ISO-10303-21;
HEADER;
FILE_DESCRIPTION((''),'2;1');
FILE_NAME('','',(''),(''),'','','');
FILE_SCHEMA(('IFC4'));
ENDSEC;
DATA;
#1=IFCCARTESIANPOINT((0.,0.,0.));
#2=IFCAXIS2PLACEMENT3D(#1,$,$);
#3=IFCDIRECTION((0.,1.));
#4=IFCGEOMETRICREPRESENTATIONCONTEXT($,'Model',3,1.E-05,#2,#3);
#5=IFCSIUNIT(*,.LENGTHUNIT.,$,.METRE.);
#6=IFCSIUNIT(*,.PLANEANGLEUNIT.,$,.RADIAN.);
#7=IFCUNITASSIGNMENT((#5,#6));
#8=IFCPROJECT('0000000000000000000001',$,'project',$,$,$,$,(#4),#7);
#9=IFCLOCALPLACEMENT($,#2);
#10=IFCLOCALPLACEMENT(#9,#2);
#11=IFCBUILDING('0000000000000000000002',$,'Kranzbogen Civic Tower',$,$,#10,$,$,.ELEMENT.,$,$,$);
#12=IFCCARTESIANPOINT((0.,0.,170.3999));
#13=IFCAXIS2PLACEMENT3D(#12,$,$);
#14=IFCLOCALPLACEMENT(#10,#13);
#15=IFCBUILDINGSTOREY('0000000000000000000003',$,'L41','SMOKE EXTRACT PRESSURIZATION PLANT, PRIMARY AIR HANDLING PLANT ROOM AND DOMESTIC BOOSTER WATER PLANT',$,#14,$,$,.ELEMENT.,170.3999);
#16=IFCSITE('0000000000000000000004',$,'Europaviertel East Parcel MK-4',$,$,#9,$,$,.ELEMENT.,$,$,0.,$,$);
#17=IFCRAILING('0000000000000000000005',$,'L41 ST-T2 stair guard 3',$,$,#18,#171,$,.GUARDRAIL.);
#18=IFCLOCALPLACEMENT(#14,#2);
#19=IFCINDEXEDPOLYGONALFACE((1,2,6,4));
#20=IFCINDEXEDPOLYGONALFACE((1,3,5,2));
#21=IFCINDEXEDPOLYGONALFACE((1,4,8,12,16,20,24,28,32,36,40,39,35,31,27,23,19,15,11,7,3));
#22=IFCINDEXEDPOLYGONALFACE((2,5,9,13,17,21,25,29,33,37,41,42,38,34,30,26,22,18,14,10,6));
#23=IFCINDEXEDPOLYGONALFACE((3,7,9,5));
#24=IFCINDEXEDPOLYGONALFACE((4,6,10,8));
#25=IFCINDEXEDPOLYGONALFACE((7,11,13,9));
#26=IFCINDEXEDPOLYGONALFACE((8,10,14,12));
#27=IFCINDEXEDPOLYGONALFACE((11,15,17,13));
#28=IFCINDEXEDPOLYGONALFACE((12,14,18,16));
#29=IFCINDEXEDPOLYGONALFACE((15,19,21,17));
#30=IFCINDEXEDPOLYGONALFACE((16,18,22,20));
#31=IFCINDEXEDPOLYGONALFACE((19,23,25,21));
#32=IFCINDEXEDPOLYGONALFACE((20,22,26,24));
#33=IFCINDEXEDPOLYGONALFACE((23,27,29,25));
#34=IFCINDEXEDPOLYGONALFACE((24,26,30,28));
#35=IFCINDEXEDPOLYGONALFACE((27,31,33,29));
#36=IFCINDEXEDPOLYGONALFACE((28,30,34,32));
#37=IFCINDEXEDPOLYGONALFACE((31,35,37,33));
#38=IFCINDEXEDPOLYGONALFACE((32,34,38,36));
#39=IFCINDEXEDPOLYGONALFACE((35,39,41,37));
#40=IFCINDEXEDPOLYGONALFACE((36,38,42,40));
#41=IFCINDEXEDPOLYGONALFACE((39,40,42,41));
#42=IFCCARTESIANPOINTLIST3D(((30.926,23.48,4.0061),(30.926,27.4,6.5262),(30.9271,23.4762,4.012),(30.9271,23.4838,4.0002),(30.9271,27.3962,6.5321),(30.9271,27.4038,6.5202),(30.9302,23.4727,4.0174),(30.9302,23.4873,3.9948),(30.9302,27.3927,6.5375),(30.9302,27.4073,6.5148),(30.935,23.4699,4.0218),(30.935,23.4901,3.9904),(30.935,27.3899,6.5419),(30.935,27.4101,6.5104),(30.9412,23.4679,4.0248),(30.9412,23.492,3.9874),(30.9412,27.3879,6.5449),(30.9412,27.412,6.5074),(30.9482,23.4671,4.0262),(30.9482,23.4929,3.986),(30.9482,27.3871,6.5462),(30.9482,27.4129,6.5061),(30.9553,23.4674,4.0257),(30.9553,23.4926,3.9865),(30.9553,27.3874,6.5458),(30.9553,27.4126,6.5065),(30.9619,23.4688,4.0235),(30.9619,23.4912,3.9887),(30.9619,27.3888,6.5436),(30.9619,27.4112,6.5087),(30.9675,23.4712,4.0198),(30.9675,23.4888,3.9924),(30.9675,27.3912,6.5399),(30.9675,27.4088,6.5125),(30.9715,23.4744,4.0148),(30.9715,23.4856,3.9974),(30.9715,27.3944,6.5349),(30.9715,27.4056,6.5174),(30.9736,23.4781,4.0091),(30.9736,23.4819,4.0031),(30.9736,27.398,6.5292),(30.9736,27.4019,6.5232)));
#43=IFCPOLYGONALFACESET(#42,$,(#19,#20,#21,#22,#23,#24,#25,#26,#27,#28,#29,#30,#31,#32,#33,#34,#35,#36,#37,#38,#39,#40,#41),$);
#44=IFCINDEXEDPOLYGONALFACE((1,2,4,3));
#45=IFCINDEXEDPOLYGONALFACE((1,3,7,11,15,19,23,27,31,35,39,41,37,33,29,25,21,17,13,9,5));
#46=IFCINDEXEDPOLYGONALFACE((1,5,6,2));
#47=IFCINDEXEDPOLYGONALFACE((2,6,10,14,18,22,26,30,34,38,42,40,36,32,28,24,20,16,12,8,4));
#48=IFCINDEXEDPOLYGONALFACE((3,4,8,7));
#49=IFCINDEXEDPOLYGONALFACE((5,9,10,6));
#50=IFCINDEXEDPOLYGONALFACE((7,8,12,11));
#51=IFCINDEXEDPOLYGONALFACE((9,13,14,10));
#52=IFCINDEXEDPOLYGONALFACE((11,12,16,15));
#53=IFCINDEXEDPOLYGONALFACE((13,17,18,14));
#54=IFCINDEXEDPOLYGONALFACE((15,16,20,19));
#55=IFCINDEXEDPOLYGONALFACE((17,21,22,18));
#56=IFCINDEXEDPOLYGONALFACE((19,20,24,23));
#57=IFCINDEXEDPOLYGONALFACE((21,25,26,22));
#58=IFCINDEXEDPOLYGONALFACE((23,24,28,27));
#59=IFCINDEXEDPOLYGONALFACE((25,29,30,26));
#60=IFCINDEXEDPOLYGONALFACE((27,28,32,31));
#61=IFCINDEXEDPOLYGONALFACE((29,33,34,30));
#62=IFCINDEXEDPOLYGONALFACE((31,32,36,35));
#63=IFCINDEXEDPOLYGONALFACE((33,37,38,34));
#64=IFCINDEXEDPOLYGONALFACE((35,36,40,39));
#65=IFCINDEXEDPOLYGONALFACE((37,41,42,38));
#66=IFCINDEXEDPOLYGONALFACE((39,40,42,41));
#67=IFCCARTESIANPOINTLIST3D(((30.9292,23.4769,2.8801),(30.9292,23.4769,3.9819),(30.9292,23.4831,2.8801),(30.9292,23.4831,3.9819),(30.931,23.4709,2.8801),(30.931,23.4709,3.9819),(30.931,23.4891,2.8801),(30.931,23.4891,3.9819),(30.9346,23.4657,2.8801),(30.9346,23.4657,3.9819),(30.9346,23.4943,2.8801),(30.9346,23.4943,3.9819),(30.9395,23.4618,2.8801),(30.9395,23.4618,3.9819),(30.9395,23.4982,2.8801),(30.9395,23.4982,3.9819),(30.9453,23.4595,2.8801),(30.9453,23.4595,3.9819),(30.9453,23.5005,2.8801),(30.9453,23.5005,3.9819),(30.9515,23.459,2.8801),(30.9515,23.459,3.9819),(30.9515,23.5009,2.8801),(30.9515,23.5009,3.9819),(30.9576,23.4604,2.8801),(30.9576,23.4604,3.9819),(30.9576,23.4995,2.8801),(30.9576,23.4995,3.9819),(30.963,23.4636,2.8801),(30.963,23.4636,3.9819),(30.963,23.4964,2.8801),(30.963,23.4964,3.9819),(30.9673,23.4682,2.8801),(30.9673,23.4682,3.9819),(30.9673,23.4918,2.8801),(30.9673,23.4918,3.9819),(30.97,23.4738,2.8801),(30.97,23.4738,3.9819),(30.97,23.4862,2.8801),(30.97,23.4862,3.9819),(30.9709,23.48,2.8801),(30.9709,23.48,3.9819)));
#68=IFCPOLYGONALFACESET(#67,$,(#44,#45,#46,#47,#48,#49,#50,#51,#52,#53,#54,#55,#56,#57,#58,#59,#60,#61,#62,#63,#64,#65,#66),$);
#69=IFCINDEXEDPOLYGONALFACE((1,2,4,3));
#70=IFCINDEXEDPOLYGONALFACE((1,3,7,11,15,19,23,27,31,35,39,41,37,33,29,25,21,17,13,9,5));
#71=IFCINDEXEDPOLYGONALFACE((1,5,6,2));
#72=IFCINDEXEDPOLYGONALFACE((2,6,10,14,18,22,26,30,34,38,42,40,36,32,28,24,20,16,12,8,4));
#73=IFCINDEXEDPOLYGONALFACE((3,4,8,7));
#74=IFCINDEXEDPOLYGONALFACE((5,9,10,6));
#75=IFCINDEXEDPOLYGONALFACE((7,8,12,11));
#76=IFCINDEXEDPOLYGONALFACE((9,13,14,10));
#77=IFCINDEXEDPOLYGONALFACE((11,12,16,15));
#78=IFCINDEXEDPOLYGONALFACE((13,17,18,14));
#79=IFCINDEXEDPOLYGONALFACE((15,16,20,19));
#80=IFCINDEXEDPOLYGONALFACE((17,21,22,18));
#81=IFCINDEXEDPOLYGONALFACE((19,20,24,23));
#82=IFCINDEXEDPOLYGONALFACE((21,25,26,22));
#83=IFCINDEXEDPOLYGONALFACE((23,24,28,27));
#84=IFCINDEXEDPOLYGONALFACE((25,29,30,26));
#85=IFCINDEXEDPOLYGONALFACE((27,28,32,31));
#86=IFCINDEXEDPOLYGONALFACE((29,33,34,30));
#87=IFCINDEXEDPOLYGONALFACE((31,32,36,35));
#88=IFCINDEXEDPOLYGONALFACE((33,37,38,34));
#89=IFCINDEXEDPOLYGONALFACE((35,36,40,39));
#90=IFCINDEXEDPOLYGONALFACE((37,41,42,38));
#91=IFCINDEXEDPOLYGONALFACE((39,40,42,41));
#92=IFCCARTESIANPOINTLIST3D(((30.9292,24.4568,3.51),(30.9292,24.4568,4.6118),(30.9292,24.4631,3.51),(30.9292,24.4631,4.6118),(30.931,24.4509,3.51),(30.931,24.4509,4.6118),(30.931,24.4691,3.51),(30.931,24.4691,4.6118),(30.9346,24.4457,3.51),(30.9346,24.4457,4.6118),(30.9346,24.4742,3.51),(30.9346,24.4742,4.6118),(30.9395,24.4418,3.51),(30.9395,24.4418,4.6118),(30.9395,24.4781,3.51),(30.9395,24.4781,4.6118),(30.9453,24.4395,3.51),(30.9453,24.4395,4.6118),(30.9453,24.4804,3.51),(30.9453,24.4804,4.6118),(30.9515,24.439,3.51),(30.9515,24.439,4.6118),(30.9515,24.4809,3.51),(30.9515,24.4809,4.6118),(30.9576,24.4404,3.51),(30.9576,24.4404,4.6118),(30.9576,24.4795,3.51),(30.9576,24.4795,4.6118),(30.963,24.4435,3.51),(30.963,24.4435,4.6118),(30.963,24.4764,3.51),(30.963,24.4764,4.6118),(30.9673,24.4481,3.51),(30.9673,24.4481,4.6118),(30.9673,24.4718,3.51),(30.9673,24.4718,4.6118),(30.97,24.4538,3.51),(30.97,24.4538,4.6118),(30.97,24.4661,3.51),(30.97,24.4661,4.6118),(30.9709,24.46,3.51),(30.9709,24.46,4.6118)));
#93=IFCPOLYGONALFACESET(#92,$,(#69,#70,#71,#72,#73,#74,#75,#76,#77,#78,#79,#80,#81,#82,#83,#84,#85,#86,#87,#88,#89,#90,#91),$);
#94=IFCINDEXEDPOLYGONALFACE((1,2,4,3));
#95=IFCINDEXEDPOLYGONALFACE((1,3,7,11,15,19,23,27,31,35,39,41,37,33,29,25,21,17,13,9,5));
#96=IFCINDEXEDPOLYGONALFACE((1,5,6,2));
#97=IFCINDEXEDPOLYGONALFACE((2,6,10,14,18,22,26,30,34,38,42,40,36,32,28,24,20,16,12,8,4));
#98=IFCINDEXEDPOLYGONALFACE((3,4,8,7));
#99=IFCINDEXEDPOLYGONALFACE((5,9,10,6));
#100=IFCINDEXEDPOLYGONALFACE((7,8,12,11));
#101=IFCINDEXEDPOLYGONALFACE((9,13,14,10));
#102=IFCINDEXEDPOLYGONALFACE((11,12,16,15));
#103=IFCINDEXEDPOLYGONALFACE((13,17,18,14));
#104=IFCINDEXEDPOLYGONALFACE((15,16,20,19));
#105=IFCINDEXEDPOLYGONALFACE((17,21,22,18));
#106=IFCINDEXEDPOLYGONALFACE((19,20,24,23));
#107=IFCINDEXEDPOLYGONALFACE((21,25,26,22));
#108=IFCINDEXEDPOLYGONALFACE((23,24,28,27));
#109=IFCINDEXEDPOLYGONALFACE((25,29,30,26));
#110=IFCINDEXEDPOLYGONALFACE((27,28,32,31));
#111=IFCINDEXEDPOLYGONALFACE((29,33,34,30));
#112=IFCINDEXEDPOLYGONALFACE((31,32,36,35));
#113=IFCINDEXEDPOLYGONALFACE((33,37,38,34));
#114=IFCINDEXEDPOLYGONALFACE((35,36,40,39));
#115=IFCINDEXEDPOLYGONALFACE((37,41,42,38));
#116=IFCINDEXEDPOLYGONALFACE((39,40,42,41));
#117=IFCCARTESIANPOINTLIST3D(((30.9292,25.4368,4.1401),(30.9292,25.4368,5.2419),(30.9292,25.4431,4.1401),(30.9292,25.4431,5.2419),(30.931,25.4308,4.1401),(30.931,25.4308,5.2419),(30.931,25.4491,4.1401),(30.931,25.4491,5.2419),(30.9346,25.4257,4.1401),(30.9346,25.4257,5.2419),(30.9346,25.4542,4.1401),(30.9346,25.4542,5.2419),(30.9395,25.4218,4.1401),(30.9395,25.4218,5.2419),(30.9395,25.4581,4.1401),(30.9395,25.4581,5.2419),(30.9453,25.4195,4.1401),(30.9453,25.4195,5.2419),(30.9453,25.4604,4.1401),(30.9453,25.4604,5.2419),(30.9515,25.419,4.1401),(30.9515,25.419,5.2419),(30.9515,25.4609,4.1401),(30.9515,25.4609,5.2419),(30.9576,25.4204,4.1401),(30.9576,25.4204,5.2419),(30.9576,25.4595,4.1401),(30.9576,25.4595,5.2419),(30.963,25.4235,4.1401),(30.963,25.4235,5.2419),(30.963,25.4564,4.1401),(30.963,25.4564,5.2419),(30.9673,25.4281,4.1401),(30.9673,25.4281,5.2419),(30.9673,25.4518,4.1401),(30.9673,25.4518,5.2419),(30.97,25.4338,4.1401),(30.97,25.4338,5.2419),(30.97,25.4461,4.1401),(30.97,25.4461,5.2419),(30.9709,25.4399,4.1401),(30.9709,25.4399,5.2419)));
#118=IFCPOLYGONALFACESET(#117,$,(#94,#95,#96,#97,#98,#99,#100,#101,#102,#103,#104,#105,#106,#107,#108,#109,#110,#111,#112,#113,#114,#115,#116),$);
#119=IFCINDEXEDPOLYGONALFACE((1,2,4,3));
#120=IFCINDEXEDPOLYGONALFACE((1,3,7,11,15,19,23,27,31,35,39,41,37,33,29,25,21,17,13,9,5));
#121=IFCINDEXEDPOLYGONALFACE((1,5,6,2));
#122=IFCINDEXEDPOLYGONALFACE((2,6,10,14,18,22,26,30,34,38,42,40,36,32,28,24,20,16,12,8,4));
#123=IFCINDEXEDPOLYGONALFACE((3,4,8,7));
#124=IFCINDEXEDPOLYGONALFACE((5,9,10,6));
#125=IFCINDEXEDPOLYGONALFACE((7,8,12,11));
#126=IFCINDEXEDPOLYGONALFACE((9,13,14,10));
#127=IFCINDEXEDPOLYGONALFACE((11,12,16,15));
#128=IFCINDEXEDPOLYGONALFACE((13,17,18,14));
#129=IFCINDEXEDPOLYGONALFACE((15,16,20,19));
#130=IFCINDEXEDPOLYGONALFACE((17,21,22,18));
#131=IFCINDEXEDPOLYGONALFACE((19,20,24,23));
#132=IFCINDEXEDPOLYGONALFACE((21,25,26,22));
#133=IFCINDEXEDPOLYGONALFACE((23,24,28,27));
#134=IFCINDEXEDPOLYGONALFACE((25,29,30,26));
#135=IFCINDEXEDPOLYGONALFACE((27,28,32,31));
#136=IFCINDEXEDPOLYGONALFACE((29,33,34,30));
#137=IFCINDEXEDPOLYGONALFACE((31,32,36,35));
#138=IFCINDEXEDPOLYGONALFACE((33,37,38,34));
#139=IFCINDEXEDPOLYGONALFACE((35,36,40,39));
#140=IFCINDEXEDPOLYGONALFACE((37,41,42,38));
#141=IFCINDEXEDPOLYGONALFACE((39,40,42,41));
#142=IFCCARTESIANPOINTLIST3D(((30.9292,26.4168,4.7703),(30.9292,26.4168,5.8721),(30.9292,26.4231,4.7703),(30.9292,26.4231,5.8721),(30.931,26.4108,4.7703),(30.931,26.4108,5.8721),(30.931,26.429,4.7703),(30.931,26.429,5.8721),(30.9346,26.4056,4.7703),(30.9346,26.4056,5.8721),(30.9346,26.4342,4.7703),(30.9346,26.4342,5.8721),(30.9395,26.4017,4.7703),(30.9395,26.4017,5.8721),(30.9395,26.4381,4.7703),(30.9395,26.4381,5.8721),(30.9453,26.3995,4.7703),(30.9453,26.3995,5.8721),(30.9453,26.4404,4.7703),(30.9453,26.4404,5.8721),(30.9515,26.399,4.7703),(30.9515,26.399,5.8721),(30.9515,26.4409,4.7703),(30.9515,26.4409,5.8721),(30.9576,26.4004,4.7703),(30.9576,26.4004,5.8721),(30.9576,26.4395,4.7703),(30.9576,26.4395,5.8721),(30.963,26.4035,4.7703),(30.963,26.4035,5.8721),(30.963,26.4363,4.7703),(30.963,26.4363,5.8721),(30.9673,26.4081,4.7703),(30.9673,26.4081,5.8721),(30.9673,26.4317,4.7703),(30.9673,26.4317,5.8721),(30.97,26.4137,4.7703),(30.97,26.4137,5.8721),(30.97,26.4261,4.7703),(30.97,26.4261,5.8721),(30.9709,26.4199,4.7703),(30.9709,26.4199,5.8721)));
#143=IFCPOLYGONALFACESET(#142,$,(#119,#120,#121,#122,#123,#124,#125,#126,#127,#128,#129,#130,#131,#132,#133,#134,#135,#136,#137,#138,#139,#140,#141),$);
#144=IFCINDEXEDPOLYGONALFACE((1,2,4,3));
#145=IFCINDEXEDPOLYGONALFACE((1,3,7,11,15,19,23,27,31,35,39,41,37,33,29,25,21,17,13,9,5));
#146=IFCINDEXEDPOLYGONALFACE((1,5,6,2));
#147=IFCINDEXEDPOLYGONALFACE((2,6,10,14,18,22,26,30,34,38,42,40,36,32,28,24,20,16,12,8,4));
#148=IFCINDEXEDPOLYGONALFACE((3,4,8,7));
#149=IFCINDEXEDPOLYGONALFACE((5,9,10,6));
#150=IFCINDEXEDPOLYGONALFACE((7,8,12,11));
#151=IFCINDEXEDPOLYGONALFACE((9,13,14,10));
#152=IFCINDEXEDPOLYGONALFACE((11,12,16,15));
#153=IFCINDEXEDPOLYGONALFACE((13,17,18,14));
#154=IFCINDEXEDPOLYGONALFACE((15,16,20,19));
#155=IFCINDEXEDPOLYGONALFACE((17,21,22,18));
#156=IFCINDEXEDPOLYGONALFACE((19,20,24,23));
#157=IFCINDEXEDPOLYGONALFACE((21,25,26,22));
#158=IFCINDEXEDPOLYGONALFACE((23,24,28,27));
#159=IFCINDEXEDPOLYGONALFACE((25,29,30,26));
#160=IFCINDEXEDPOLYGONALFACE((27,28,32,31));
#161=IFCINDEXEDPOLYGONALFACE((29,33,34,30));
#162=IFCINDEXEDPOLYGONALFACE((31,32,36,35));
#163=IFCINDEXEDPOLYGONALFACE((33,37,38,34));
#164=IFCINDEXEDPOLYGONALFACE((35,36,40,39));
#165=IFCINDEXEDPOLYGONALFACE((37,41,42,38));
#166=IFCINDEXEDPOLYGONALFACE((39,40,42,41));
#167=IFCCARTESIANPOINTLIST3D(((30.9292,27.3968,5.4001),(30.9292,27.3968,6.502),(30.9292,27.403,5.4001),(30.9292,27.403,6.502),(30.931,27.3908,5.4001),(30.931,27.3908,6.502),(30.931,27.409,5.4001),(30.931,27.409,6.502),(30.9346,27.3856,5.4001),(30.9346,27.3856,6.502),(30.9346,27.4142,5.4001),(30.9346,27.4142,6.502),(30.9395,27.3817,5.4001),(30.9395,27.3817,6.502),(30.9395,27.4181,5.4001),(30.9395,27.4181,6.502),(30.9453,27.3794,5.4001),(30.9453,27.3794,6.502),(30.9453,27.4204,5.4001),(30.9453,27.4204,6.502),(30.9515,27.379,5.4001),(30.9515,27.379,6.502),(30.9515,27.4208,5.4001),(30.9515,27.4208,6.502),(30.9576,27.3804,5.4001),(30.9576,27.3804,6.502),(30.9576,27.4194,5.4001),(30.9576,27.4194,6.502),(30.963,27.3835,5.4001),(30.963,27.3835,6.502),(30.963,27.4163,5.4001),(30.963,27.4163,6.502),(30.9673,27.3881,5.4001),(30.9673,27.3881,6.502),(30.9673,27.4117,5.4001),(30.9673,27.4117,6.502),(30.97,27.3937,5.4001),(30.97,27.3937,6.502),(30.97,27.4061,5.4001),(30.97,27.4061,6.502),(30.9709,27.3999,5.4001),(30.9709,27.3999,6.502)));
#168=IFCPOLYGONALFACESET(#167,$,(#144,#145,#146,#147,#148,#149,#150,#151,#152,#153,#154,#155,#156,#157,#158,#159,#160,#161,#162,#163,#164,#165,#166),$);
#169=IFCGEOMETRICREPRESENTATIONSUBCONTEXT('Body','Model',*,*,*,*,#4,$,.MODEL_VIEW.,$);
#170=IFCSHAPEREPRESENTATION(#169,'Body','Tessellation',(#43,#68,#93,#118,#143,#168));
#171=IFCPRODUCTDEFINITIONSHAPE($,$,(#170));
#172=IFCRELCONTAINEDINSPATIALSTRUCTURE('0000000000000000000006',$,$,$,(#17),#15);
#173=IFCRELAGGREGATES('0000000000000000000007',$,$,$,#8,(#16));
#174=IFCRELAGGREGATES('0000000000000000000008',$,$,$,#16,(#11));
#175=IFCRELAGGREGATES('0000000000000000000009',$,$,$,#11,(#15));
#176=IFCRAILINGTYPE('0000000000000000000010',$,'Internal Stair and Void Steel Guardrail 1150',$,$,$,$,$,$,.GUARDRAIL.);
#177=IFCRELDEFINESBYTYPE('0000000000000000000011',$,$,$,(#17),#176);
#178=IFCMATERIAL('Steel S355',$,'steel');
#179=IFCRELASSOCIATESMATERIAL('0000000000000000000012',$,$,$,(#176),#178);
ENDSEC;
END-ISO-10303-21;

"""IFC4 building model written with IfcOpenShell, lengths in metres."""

from ifc_helpers import new_model, si_unit, direction, frame, origin, origin_2d, place, context, subcontext, project, spatial, circle, extrude, material, type_object, element, save


model = new_model("IFC4")

# Units and contexts
model_context = context("Model", 3, precision=1e-05, world=origin(), true_north=direction((0.0, 1.0)))
body_context = subcontext(model_context, "Body", "Model", "MODEL_VIEW")
ifc_project = project(units=[si_unit("LENGTHUNIT", "METRE"), si_unit("PLANEANGLEUNIT", "RADIAN")], contexts=[model_context])

# Site, building, storey
site_placement = place(None, origin())
site = spatial("IfcSite", under=ifc_project, at=site_placement, Name="Europaviertel East Parcel MK-4", CompositionType="ELEMENT", RefElevation=0.0)
building_placement = place(site_placement, origin())
building = spatial("IfcBuilding", under=site, at=building_placement, Name="Kranzbogen Civic Tower", CompositionType="ELEMENT")
storey_placement = place(building_placement, frame((0.0, 0.0, 170.3999)))
storey = spatial("IfcBuildingStorey", under=building, at=storey_placement, Name="L41", Description="SMOKE EXTRACT PRESSURIZATION PLANT, PRIMARY AIR HANDLING PLANT ROOM AND DOMESTIC BOOSTER WATER PLANT", CompositionType="ELEMENT", Elevation=170.3999)

# Shared definitions
ifc_material_1 = material(Name="Steel S355", Category="steel")

# Railing
railing_type_1 = type_object("IfcRailingType", Name="Internal Stair and Void Steel Guardrail 1150", PredefinedType="GUARDRAIL", material=ifc_material_1)
railing_1_placement = place(storey_placement, frame((30.95, 23.48, 2.8801)))
element("IfcRailing", 1, at=railing_1_placement, inside=storey, type_object=railing_type_1, Name="L41 ST-T2 stair guard 3", PredefinedType="GUARDRAIL", context=body_context, shape_type="SweptSolid", body=[
    extrude(circle(Radius=0.0239, at=origin_2d()), frame((0.0, 0.0, 1.126), z_axis=(0.0, 0.841172, 0.540768), x_axis=(-1.0, 0.0, 0.0)), (0.0, 0.0, 1.0), 4.6602),
    extrude(circle(Radius=0.021, at=origin_2d()), origin(), (0.0, 0.0, 1.0), 1.1018),
    extrude(circle(Radius=0.021, at=origin_2d()), frame((0.0, 0.98, 0.6299)), (0.0, 0.0, 1.0), 1.1018),
    extrude(circle(Radius=0.021, at=origin_2d()), frame((0.0, 1.96, 1.26)), (0.0, 0.0, 1.0), 1.1018),
    extrude(circle(Radius=0.021, at=origin_2d()), frame((0.0, 2.9399, 1.8901)), (0.0, 0.0, 1.0), 1.1018),
    extrude(circle(Radius=0.021, at=origin_2d()), frame((0.0, 3.9199, 2.52)), (0.0, 0.0, 1.0), 1.1018),
])

save(model, "model.ifc")
